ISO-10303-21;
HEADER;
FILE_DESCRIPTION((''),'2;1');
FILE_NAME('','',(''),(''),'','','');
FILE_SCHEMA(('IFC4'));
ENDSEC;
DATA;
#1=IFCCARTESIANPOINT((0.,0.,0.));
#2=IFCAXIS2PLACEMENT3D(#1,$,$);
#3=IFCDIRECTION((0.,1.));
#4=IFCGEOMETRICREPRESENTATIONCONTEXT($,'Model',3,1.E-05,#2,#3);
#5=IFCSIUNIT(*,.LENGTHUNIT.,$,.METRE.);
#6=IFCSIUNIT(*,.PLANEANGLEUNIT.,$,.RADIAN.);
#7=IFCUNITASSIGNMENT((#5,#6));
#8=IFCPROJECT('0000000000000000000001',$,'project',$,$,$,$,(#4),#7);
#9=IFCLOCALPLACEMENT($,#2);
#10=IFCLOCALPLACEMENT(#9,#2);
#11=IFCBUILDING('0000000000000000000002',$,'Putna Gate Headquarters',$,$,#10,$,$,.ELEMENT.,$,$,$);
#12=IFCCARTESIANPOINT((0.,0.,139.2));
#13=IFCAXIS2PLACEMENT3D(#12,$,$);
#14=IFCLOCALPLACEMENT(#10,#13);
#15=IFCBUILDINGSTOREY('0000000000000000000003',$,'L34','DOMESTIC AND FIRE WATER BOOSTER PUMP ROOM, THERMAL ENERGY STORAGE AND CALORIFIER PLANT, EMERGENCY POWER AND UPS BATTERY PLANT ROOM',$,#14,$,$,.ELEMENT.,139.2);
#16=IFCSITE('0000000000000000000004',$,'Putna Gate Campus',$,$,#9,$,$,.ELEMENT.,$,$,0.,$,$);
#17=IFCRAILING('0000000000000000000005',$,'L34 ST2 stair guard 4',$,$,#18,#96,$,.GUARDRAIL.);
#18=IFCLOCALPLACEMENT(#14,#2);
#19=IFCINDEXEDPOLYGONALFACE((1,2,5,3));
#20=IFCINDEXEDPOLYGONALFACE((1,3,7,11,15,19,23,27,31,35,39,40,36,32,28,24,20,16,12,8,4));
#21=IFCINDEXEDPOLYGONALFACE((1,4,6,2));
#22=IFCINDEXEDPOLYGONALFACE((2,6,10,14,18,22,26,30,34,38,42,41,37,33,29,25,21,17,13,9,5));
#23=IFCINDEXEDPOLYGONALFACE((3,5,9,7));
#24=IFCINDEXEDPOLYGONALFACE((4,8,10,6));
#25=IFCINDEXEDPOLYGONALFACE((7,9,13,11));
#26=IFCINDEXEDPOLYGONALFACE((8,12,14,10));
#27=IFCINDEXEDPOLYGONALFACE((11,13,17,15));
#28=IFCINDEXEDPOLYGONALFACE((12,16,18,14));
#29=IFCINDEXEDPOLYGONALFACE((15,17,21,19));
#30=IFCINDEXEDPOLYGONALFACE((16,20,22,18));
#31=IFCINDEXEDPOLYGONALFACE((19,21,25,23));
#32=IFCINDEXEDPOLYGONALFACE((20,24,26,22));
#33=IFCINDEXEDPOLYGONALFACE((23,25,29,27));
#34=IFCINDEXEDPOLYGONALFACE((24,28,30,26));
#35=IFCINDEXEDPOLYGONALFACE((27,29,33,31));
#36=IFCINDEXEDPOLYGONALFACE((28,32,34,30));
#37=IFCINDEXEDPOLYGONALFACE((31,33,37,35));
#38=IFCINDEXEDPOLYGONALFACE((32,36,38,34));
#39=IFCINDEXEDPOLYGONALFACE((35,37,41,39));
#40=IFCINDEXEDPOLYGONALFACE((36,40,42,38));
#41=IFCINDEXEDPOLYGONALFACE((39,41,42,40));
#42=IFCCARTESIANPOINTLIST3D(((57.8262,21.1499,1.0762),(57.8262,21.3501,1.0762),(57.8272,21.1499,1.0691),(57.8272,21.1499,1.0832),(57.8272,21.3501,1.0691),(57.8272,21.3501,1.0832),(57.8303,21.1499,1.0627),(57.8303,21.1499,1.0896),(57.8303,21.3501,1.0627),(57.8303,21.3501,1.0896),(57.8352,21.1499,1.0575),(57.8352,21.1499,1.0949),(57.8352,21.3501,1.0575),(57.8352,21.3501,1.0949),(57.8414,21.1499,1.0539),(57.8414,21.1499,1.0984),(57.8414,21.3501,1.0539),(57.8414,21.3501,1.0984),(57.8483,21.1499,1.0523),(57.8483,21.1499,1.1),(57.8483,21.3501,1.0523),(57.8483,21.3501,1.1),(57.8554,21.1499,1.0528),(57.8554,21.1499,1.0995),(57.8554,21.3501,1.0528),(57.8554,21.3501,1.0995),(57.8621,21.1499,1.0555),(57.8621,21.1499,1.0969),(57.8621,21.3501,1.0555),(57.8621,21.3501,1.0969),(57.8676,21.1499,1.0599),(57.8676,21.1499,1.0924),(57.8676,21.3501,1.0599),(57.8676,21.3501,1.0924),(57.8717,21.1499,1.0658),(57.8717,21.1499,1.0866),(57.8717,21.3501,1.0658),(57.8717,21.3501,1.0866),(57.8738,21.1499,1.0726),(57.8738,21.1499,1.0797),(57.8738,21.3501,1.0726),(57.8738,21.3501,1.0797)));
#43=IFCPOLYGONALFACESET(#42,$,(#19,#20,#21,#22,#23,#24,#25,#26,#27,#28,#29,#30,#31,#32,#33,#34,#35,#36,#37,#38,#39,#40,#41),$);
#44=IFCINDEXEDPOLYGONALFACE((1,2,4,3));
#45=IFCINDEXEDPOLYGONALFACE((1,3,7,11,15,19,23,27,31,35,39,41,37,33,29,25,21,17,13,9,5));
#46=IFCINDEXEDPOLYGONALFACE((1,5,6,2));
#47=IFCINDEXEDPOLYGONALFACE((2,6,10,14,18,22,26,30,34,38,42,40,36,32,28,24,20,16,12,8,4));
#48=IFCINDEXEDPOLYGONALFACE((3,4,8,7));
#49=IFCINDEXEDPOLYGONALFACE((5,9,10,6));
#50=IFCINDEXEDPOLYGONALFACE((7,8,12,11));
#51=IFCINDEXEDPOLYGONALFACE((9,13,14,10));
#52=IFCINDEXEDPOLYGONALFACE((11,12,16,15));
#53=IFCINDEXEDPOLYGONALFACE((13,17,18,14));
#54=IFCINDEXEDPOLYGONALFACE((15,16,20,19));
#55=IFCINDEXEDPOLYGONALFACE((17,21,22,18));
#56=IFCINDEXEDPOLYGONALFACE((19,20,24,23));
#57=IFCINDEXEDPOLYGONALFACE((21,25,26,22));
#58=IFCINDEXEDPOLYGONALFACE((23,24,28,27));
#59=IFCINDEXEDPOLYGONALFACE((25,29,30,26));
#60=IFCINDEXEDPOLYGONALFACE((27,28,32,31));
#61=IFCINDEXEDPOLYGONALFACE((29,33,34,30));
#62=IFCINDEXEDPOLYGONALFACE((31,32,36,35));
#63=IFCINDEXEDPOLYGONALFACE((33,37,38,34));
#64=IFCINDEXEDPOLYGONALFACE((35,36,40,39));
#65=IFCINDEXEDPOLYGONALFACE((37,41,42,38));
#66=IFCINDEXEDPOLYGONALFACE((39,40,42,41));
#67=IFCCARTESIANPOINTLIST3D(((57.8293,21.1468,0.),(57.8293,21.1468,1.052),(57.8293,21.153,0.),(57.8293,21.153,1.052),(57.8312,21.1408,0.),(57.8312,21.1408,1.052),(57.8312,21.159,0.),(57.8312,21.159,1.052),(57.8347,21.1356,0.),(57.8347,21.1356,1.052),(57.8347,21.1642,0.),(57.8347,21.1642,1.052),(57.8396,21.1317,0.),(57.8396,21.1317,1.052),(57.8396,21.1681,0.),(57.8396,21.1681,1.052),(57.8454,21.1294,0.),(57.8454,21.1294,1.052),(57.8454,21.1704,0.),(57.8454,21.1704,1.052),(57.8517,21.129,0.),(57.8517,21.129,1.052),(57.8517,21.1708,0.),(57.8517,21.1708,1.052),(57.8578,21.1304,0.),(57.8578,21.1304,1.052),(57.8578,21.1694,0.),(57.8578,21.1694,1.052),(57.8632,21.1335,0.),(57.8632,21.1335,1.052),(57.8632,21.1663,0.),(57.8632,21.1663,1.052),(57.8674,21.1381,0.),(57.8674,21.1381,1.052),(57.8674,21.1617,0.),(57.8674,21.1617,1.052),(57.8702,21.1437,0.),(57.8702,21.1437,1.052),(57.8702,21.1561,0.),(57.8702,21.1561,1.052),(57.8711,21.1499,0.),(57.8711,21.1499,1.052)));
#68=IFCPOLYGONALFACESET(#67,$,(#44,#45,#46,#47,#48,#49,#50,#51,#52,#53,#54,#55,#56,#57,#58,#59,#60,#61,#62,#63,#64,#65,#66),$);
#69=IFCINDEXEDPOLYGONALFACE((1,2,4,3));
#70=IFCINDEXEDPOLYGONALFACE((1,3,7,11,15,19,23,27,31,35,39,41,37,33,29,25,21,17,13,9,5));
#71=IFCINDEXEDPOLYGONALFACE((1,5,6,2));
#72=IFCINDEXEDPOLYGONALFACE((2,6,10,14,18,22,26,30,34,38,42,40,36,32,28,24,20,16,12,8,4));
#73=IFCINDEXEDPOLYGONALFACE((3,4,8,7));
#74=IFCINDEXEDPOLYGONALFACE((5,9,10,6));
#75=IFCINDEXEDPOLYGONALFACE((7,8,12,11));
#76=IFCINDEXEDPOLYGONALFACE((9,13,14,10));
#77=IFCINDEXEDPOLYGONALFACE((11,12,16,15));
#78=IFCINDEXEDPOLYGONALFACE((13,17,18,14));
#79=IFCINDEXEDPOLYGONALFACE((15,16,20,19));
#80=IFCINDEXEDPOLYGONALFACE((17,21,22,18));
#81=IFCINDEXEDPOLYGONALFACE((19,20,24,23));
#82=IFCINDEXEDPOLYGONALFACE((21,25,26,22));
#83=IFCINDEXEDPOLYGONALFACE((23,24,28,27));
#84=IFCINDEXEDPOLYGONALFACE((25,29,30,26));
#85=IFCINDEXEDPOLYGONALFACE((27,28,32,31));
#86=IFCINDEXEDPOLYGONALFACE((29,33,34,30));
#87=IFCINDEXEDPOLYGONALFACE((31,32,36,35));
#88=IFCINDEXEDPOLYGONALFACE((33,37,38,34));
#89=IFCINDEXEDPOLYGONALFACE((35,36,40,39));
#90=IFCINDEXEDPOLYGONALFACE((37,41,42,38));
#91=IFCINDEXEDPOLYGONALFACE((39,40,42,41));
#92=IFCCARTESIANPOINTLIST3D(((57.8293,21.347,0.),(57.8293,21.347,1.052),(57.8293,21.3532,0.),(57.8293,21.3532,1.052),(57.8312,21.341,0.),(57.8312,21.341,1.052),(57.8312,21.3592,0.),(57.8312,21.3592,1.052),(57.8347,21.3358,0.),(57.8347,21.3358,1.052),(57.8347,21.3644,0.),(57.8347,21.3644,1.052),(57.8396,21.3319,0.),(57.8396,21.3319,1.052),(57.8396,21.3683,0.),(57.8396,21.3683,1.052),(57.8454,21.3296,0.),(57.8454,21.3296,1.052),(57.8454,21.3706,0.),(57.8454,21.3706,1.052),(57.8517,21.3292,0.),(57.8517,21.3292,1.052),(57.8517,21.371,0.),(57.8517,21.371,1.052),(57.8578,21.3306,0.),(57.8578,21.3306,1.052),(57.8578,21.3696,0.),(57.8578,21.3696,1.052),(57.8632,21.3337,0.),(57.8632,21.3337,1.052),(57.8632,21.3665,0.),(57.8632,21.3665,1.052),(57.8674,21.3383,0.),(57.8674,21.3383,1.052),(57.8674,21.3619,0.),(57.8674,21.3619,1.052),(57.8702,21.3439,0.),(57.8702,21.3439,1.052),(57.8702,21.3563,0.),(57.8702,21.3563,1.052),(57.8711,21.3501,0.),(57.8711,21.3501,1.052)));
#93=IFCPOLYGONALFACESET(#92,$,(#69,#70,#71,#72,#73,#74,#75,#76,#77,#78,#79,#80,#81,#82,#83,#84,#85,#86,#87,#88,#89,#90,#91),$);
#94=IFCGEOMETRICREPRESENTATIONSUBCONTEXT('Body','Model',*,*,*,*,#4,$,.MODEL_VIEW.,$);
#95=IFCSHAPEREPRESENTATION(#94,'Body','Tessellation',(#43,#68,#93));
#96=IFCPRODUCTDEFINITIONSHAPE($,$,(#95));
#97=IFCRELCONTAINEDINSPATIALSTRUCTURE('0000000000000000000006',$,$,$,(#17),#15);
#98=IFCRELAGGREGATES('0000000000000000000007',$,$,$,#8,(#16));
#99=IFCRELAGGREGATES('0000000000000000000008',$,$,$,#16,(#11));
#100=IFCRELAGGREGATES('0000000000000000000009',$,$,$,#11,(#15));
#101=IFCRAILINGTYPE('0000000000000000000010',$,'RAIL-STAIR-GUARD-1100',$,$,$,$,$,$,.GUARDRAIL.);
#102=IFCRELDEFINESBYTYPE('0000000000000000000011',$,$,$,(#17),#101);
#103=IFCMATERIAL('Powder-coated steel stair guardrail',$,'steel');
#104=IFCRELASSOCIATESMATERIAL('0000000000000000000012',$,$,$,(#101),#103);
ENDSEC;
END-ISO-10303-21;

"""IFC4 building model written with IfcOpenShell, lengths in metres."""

from ifc_helpers import new_model, si_unit, direction, frame, origin, origin_2d, place, context, subcontext, project, spatial, circle, extrude, material, type_object, element, save


model = new_model("IFC4")

# Units and contexts
model_context = context("Model", 3, precision=1e-05, world=origin(), true_north=direction((0.0, 1.0)))
body_context = subcontext(model_context, "Body", "Model", "MODEL_VIEW")
ifc_project = project(units=[si_unit("LENGTHUNIT", "METRE"), si_unit("PLANEANGLEUNIT", "RADIAN")], contexts=[model_context])

# Site, building, storey
site_placement = place(None, origin())
site = spatial("IfcSite", under=ifc_project, at=site_placement, Name="Putna Gate Campus", CompositionType="ELEMENT", RefElevation=0.0)
building_placement = place(site_placement, origin())
building = spatial("IfcBuilding", under=site, at=building_placement, Name="Putna Gate Headquarters", CompositionType="ELEMENT")
storey_placement = place(building_placement, frame((0.0, 0.0, 139.2)))
storey = spatial("IfcBuildingStorey", under=building, at=storey_placement, Name="L34", Description="DOMESTIC AND FIRE WATER BOOSTER PUMP ROOM, THERMAL ENERGY STORAGE AND CALORIFIER PLANT, EMERGENCY POWER AND UPS BATTERY PLANT ROOM", CompositionType="ELEMENT", Elevation=139.2)

# Railing
ifc_material_1 = material(Name="Powder-coated steel stair guardrail", Category="steel")
railing_type_1 = type_object("IfcRailingType", Name="RAIL-STAIR-GUARD-1100", PredefinedType="GUARDRAIL", material=ifc_material_1)
railing_1_placement = place(storey_placement, frame((57.8501, 21.1499, 0.0)))
element("IfcRailing", 1, at=railing_1_placement, inside=storey, type_object=railing_type_1, Name="L34 ST2 stair guard 4", PredefinedType="GUARDRAIL", context=body_context, shape_type="SweptSolid", body=[
    extrude(circle(Radius=0.0239, at=origin_2d()), frame((0.0, 0.0, 1.0762), z_axis=(0.0, 1.0, 0.0), x_axis=(-1.0, 0.0, 0.0)), (0.0, 0.0, 1.0), 0.2002),
    extrude(circle(Radius=0.021, at=origin_2d()), origin(), (0.0, 0.0, 1.0), 1.052),
    extrude(circle(Radius=0.021, at=origin_2d()), frame((0.0, 0.2002, 0.0)), (0.0, 0.0, 1.0), 1.052),
])

save(model, "model.ifc")
